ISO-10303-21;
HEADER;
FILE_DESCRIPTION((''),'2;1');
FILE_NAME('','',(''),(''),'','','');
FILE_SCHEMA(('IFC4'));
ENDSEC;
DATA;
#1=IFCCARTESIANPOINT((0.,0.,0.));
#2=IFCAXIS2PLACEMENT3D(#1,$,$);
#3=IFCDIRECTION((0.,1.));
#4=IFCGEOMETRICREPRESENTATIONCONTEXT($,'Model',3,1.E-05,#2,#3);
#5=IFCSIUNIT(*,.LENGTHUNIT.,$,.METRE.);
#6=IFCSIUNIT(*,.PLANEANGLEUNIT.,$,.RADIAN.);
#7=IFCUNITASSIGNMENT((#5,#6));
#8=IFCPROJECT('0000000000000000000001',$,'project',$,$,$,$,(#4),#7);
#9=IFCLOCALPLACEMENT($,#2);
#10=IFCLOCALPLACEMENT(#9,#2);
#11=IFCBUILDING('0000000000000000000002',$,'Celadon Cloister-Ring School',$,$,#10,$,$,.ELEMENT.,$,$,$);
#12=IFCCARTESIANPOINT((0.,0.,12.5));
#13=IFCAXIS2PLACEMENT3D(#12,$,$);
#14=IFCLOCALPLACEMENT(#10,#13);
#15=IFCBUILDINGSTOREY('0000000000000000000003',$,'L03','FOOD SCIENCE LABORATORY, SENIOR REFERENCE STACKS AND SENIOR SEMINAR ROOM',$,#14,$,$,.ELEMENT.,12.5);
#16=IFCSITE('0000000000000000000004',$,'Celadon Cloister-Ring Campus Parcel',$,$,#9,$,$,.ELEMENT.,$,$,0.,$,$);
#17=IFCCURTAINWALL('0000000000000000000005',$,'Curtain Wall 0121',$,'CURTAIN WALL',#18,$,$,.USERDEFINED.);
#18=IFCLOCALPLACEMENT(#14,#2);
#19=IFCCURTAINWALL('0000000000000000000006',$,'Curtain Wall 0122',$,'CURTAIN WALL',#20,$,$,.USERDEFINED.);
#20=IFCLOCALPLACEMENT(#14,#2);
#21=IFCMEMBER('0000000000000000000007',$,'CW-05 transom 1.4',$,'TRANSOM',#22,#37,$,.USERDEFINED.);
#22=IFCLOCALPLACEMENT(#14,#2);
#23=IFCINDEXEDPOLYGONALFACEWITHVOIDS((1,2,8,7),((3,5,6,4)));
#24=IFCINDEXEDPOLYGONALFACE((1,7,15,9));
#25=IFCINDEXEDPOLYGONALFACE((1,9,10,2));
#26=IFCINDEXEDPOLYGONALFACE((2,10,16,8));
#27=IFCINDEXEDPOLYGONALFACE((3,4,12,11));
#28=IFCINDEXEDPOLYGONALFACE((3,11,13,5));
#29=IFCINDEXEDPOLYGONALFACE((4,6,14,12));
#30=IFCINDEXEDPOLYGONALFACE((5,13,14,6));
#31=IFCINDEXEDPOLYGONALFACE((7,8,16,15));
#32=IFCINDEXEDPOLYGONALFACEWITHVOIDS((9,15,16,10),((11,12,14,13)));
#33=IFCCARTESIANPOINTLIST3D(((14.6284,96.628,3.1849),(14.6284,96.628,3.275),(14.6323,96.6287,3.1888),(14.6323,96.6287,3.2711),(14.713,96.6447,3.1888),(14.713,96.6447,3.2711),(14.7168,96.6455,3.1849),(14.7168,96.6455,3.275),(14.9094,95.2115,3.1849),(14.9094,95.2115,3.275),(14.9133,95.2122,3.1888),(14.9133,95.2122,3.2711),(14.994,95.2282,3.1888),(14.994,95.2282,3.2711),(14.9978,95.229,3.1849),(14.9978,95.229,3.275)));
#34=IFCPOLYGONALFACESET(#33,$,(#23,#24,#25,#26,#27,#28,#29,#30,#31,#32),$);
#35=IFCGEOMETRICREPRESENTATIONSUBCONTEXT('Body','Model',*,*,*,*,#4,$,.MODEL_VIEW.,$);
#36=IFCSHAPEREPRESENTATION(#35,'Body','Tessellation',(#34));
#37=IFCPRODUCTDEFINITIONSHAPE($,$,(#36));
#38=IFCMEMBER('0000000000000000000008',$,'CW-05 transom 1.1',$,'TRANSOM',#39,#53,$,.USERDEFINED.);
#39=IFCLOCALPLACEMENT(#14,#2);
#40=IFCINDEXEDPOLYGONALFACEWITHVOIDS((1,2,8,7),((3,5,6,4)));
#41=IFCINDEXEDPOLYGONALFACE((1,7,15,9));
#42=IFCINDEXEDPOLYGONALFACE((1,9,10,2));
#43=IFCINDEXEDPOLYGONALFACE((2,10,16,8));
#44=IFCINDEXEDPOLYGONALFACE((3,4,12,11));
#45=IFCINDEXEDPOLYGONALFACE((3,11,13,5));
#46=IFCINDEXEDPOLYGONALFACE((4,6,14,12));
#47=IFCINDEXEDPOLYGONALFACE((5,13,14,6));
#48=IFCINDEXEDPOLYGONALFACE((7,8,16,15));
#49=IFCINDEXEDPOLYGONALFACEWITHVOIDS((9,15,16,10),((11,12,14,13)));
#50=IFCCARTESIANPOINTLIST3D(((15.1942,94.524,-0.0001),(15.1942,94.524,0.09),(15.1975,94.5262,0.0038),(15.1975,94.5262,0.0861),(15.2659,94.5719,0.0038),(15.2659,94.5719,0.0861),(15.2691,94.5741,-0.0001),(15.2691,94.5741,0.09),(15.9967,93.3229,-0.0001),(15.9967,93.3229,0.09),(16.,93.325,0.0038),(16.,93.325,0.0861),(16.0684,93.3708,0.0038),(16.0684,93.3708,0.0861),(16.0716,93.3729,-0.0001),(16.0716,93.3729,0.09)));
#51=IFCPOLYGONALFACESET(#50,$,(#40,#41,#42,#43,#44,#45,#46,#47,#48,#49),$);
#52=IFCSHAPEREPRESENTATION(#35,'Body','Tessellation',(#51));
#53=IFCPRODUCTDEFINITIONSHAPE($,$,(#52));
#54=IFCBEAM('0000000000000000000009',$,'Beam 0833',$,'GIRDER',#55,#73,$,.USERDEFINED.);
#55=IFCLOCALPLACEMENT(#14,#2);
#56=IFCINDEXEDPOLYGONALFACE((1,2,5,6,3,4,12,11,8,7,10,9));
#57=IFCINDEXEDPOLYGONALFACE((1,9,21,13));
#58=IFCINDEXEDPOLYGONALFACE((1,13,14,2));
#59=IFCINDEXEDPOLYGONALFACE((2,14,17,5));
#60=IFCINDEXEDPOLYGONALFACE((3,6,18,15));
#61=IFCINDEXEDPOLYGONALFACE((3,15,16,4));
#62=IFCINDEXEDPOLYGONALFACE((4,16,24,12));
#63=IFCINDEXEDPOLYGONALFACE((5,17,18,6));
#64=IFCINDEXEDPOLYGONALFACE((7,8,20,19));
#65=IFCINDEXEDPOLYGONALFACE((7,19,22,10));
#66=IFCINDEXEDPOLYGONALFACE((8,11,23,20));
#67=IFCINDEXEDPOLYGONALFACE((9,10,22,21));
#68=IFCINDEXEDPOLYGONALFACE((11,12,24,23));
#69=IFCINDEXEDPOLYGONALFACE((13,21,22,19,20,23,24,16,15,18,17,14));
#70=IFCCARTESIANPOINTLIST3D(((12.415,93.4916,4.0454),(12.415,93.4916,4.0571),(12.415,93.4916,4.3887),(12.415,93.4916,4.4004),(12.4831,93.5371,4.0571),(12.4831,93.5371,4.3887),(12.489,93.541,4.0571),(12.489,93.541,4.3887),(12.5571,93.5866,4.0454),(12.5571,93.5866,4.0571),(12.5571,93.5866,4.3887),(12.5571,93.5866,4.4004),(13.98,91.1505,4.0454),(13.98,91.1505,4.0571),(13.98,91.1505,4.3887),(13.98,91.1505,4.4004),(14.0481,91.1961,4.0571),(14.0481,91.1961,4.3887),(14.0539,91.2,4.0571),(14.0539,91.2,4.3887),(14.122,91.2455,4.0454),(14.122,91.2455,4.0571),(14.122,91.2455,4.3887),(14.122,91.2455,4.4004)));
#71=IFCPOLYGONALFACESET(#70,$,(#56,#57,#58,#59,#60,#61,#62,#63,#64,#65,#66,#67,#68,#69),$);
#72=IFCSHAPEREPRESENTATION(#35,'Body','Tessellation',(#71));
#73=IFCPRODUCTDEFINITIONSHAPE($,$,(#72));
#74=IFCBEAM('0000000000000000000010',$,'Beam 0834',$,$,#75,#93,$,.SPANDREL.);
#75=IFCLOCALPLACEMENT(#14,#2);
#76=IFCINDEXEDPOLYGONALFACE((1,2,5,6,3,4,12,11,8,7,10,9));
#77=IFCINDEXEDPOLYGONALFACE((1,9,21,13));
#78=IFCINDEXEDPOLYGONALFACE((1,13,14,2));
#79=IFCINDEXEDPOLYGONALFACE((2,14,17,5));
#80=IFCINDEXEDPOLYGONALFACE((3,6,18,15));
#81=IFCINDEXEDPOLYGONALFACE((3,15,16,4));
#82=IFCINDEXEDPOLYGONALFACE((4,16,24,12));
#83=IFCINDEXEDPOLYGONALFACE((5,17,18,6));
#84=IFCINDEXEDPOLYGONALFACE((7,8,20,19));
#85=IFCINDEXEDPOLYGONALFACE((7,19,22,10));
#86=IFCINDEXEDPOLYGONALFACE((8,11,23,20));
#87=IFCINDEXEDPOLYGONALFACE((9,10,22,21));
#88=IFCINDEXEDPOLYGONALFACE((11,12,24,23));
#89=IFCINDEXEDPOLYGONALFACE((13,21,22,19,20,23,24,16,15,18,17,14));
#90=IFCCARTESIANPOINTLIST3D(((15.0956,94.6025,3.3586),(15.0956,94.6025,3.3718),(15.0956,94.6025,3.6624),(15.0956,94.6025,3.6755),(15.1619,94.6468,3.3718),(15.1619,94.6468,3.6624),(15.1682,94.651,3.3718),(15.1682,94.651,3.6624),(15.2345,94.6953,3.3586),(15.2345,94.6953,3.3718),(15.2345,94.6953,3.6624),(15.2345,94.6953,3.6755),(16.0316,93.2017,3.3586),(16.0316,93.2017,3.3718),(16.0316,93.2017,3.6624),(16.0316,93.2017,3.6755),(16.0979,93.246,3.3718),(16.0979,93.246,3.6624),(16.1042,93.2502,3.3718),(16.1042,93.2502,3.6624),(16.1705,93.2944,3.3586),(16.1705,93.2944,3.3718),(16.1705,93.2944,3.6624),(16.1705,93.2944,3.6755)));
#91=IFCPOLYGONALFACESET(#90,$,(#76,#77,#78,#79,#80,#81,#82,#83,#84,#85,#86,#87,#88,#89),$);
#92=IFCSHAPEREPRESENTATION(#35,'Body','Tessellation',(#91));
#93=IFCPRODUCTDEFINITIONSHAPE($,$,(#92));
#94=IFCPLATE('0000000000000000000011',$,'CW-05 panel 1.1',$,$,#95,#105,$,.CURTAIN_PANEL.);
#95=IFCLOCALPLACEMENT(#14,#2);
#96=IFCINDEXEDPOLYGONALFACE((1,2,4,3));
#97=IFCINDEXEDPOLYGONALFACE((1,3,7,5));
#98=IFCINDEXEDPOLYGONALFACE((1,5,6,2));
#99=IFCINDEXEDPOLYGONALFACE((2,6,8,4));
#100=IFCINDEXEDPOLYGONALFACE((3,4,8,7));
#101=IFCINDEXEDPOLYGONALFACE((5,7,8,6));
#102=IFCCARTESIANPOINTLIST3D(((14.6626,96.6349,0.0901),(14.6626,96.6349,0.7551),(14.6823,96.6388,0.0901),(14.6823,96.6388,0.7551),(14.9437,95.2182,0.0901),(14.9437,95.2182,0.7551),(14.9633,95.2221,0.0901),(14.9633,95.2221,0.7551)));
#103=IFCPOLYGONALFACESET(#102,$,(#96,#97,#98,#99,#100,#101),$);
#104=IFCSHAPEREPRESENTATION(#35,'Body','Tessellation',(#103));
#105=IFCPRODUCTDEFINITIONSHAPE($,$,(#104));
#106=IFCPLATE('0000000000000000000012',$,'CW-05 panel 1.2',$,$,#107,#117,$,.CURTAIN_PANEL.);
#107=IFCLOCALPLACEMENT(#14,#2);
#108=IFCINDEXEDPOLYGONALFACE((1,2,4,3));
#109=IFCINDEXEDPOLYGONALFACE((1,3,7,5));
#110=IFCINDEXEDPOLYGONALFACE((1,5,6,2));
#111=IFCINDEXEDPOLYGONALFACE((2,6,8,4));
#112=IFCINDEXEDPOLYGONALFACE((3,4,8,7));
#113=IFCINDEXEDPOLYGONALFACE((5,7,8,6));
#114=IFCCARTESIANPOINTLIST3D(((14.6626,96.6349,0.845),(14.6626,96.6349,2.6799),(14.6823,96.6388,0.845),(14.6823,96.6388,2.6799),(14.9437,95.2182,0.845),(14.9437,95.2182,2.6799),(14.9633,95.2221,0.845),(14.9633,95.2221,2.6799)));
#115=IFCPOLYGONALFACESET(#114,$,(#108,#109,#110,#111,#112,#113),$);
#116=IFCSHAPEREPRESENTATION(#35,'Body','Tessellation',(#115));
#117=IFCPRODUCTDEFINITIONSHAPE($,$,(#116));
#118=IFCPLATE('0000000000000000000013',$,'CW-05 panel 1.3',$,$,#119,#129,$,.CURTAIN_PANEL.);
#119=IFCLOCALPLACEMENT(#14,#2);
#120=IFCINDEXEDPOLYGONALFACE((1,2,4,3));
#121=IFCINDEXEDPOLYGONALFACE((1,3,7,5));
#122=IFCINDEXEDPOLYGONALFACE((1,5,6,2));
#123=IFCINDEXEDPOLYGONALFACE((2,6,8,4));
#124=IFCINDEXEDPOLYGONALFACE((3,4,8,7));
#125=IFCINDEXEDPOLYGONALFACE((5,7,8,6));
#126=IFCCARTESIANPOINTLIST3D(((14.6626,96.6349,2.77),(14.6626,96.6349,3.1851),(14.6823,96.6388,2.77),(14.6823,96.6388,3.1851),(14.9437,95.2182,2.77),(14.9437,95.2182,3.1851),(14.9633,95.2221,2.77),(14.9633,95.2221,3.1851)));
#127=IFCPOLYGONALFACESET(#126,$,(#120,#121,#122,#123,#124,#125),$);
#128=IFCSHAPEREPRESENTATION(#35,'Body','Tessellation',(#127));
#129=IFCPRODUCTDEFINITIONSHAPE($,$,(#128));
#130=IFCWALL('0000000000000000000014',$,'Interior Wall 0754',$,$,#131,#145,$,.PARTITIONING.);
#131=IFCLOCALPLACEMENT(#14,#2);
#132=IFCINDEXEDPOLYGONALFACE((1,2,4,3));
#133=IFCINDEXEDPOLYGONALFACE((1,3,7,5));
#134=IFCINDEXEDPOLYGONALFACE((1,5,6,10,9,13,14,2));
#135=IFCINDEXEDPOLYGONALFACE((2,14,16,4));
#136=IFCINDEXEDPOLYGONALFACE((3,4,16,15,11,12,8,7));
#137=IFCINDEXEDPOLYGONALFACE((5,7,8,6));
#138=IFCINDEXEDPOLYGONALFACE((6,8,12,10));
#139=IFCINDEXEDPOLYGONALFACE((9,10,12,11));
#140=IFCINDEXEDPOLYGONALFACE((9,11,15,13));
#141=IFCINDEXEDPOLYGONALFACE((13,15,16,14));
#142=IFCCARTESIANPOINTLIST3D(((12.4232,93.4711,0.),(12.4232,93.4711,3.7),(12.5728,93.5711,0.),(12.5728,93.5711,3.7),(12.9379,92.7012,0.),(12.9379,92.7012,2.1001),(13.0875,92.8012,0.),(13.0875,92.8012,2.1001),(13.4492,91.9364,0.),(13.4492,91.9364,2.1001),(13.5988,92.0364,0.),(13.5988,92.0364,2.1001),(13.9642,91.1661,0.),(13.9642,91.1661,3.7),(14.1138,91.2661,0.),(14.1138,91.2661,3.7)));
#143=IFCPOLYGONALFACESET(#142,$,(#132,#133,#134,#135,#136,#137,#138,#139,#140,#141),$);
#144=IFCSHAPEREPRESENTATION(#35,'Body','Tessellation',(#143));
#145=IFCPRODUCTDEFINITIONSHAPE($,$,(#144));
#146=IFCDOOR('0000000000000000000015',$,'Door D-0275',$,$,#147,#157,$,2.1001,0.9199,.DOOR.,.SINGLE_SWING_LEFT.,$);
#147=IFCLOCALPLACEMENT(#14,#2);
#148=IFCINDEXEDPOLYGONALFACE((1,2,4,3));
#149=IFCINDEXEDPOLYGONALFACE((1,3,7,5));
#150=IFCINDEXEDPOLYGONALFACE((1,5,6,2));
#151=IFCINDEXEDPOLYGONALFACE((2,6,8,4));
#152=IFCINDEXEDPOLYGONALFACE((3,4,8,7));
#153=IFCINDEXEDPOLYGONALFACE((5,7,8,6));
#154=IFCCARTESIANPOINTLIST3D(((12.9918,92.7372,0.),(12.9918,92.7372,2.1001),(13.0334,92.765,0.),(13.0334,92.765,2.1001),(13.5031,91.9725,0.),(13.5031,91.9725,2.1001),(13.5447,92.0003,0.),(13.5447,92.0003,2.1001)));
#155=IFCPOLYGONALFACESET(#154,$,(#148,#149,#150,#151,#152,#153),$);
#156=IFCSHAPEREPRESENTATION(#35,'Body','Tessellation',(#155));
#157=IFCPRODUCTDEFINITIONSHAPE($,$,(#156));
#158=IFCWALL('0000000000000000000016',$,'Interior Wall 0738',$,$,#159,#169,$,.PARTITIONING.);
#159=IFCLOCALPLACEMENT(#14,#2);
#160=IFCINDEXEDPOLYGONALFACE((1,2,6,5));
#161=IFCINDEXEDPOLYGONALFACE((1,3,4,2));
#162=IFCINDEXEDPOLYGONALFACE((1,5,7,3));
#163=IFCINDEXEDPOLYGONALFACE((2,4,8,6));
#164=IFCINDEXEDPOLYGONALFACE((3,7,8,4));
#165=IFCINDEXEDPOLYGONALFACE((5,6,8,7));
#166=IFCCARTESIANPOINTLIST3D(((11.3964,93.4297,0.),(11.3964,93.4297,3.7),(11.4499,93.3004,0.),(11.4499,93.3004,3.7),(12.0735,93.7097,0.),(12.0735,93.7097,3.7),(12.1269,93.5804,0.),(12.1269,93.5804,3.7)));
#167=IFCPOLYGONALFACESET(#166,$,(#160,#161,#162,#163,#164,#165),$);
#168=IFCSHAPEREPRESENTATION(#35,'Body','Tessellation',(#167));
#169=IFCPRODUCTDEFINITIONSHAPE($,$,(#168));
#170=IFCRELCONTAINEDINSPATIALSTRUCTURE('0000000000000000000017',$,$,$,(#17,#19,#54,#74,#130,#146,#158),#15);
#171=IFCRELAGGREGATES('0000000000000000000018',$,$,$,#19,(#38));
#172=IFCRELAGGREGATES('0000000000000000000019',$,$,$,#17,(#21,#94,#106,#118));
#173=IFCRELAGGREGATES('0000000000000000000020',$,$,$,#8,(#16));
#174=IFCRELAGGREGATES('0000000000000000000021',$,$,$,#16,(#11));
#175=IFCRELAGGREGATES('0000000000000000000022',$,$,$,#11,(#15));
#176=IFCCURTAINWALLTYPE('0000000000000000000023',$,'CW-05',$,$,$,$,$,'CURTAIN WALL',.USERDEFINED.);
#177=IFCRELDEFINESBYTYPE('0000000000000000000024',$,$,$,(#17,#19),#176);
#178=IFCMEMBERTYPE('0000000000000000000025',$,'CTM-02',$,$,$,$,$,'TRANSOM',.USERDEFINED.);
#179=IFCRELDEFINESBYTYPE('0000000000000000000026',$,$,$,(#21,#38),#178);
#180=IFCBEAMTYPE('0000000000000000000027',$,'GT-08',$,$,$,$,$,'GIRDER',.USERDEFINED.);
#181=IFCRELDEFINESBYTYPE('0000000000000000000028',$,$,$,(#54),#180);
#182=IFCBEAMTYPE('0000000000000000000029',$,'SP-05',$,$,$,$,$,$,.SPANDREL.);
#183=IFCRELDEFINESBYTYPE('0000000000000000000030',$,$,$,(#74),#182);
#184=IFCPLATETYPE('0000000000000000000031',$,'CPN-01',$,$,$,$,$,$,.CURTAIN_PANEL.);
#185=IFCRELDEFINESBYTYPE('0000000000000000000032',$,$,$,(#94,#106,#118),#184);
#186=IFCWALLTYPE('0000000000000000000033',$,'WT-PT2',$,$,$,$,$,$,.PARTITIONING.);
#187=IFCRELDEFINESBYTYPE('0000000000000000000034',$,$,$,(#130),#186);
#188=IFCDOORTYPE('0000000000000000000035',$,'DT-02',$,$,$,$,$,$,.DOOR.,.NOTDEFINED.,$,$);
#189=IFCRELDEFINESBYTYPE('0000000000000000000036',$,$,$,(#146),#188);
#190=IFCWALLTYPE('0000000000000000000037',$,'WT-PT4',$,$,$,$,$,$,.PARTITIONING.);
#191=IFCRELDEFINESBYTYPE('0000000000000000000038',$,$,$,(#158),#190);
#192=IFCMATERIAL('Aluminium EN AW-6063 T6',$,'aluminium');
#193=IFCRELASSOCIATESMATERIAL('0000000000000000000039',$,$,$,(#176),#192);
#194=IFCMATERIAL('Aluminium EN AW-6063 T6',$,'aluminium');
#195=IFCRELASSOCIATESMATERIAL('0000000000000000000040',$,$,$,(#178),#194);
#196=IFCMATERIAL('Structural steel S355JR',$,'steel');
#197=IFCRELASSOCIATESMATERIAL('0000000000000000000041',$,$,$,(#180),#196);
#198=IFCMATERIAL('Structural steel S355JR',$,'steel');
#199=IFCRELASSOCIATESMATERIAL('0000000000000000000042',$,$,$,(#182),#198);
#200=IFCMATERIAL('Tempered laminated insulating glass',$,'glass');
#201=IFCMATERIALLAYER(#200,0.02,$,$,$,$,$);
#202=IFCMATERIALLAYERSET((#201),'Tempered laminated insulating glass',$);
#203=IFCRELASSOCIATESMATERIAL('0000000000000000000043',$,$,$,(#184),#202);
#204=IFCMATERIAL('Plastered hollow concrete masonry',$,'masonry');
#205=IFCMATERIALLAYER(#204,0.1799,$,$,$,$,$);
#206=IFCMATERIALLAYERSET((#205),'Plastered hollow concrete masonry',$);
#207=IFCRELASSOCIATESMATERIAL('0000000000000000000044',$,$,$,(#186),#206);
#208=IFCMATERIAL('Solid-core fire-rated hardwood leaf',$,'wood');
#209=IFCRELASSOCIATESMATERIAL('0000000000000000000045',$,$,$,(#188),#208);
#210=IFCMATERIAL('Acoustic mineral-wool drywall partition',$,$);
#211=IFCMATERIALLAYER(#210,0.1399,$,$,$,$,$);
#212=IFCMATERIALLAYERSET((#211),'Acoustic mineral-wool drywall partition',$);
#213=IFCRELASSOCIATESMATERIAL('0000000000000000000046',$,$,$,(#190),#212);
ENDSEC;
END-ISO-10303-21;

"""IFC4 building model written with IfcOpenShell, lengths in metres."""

from ifc_helpers import new_model, si_unit, direction, frame, frame_2d, origin, origin_2d, place, context, subcontext, project, spatial, rectangle, hollow_rectangle, i_section, extrude, material, layer, layer_set, material_profile, profile_set, type_object, element, fill, aggregate, save


model = new_model("IFC4")

# Units and contexts
model_context = context("Model", 3, precision=1e-05, world=origin(), true_north=direction((0.0, 1.0)))
body_context = subcontext(model_context, "Body", "Model", "MODEL_VIEW")
ifc_project = project(units=[si_unit("LENGTHUNIT", "METRE"), si_unit("PLANEANGLEUNIT", "RADIAN")], contexts=[model_context])

# Site, building, storey
site_placement = place(None, origin())
site = spatial("IfcSite", under=ifc_project, at=site_placement, Name="Celadon Cloister-Ring Campus Parcel", CompositionType="ELEMENT", RefElevation=0.0)
building_placement = place(site_placement, origin())
building = spatial("IfcBuilding", under=site, at=building_placement, Name="Celadon Cloister-Ring School", CompositionType="ELEMENT")
storey_placement = place(building_placement, frame((0.0, 0.0, 12.5)))
storey = spatial("IfcBuildingStorey", under=building, at=storey_placement, Name="L03", Description="FOOD SCIENCE LABORATORY, SENIOR REFERENCE STACKS AND SENIOR SEMINAR ROOM", CompositionType="ELEMENT", Elevation=12.5)

# Curtain wall
ifc_material_1 = material(Name="Aluminium EN AW-6063 T6", Category="aluminium")
curtain_wall_type = type_object("IfcCurtainWallType", Name="CW-05", ElementType="CURTAIN WALL", PredefinedType="USERDEFINED", material=ifc_material_1)
curtain_wall_1_placement = place(storey_placement, origin())
curtain_wall_1 = element("IfcCurtainWall", 1, at=curtain_wall_1_placement, inside=storey, type_object=curtain_wall_type, Name="Curtain Wall 0121", ObjectType="CURTAIN WALL", PredefinedType="USERDEFINED")

# Curtain wall
curtain_wall_2_placement = place(storey_placement, origin())
curtain_wall_2 = element("IfcCurtainWall", 2, at=curtain_wall_2_placement, inside=storey, type_object=curtain_wall_type, Name="Curtain Wall 0122", ObjectType="CURTAIN WALL", PredefinedType="USERDEFINED")

# Members
ifc_material_2 = material(Name="Aluminium EN AW-6063 T6", Category="aluminium")
ifc_material_profile_1 = material_profile(ifc_material_2, hollow_rectangle(XDim=0.0901, YDim=0.0901, WallThickness=0.0039, at=origin_2d()), Name="RHS90X90X4")
ifc_profile_set_1 = profile_set([ifc_material_profile_1], Name="Aluminium EN AW-6063 T6")
member_type_1 = type_object("IfcMemberType", Name="CTM-02", ElementType="TRANSOM", PredefinedType="USERDEFINED", material=ifc_profile_set_1)
member_1_placement = place(storey_placement, frame((14.6726, 96.6367, 3.23), z_axis=(0.194588, -0.980885, 0.0), x_axis=(0.980885, 0.194588, 0.0)))
member_1 = element("IfcMember", 3, at=member_1_placement, type_object=member_type_1, Name="CW-05 transom 1.4", ObjectType="TRANSOM", PredefinedType="USERDEFINED", context=body_context, shape_type="SweptSolid", body=[
    extrude(hollow_rectangle(XDim=0.0901, YDim=0.0901, WallThickness=0.0039, at=origin_2d()), origin(), (0.0, 0.0, 1.0), 1.4441),
])
member_2_placement = place(storey_placement, frame((15.2317, 94.5491, 0.0449), z_axis=(0.555519, -0.831504, 0.0), x_axis=(0.831504, 0.555519, 0.0)))
member_2 = element("IfcMember", 4, at=member_2_placement, type_object=member_type_1, Name="CW-05 transom 1.1", ObjectType="TRANSOM", PredefinedType="USERDEFINED", context=body_context, shape_type="SweptSolid", body=[
    extrude(hollow_rectangle(XDim=0.0901, YDim=0.0901, WallThickness=0.0039, at=origin_2d()), origin(), (0.0, 0.0, 1.0), 1.4446),
])
aggregate(curtain_wall_2, [member_2])

# Beams
ifc_material_3 = material(Name="Structural steel S355JR", Category="steel")
ifc_material_profile_2 = material_profile(ifc_material_3, i_section(OverallWidth=0.1709, OverallDepth=0.355, WebThickness=0.0071, FlangeThickness=0.0117, at=origin_2d()), Name="W360X51")
ifc_profile_set_2 = profile_set([ifc_material_profile_2], Name="Structural steel S355JR")
beam_type_1 = type_object("IfcBeamType", Name="GT-08", ElementType="GIRDER", PredefinedType="USERDEFINED", material=ifc_profile_set_2)
beam_1_placement = place(storey_placement, frame((12.4861, 93.5391, 4.2229), z_axis=(0.55574, -0.831356, 0.0), x_axis=(0.831356, 0.55574, 0.0)))
element("IfcBeam", 5, at=beam_1_placement, inside=storey, type_object=beam_type_1, Name="Beam 0833", ObjectType="GIRDER", PredefinedType="USERDEFINED", context=body_context, shape_type="SweptSolid", body=[
    extrude(i_section(OverallWidth=0.1709, OverallDepth=0.355, WebThickness=0.0071, FlangeThickness=0.0117, at=origin_2d()), origin(), (0.0, 0.0, 1.0), 2.8159),
])
ifc_material_4 = material(Name="Structural steel S355JR", Category="steel")
ifc_material_profile_3 = material_profile(ifc_material_4, i_section(OverallWidth=0.167, OverallDepth=0.3169, WebThickness=0.0076, FlangeThickness=0.0132, at=origin_2d()), Name="W310X52")
ifc_profile_set_3 = profile_set([ifc_material_profile_3], Name="Structural steel S355JR")
beam_type_2 = type_object("IfcBeamType", Name="SP-05", PredefinedType="SPANDREL", material=ifc_profile_set_3)
beam_2_placement = place(storey_placement, frame((15.165, 94.6489, 3.5171), z_axis=(0.555569, -0.83147, 0.0), x_axis=(0.83147, 0.555569, 0.0)))
element("IfcBeam", 6, at=beam_2_placement, inside=storey, type_object=beam_type_2, Name="Beam 0834", PredefinedType="SPANDREL", context=body_context, shape_type="SweptSolid", body=[
    extrude(i_section(OverallWidth=0.167, OverallDepth=0.3169, WebThickness=0.0076, FlangeThickness=0.0132, at=origin_2d()), origin(), (0.0, 0.0, 1.0), 1.6848),
])

# Plates
ifc_material_5 = material(Name="Tempered laminated insulating glass", Category="glass")
ifc_layer_1 = layer(ifc_material_5, 0.02)
ifc_layer_set_1 = layer_set([ifc_layer_1], Name="Tempered laminated insulating glass")
plate_type = type_object("IfcPlateType", Name="CPN-01", PredefinedType="CURTAIN_PANEL", material=ifc_layer_set_1)
plate_1_placement = place(storey_placement, frame((14.813, 95.9285, 0.0901), z_axis=(0.0, 0.0, 1.0), x_axis=(0.194586, -0.980885, 0.0)))
plate_1 = element("IfcPlate", 7, at=plate_1_placement, type_object=plate_type, Name="CW-05 panel 1.1", PredefinedType="CURTAIN_PANEL", context=body_context, shape_type="SweptSolid", body=[
    extrude(rectangle(XDim=1.4443, YDim=0.02, at=origin_2d()), origin(), (0.0, 0.0, 1.0), 0.665),
])
plate_2_placement = place(storey_placement, frame((14.813, 95.9285, 0.845), z_axis=(0.0, 0.0, 1.0), x_axis=(0.194586, -0.980885, 0.0)))
plate_2 = element("IfcPlate", 8, at=plate_2_placement, type_object=plate_type, Name="CW-05 panel 1.2", PredefinedType="CURTAIN_PANEL", context=body_context, shape_type="SweptSolid", body=[
    extrude(rectangle(XDim=1.4443, YDim=0.02, at=origin_2d()), origin(), (0.0, 0.0, 1.0), 1.835),
])
plate_3_placement = place(storey_placement, frame((14.813, 95.9285, 2.77), z_axis=(0.0, 0.0, 1.0), x_axis=(0.194586, -0.980885, 0.0)))
plate_3 = element("IfcPlate", 9, at=plate_3_placement, type_object=plate_type, Name="CW-05 panel 1.3", PredefinedType="CURTAIN_PANEL", context=body_context, shape_type="SweptSolid", body=[
    extrude(rectangle(XDim=1.4443, YDim=0.02, at=origin_2d()), origin(), (0.0, 0.0, 1.0), 0.415),
])
aggregate(curtain_wall_1, [member_1, plate_1, plate_2, plate_3])

# Wall, opening, door
ifc_material_6 = material(Name="Plastered hollow concrete masonry", Category="masonry")
ifc_layer_2 = layer(ifc_material_6, 0.1799)
ifc_layer_set_2 = layer_set([ifc_layer_2], Name="Plastered hollow concrete masonry")
wall_type_1 = type_object("IfcWallType", Name="WT-PT2", PredefinedType="PARTITIONING", material=ifc_layer_set_2)
wall_1_placement = place(storey_placement, frame((12.498, 93.521, 0.0), z_axis=(0.0, 0.0, 1.0), x_axis=(0.555797, -0.831318, 0.0)))
wall_1 = element("IfcWall", 10, at=wall_1_placement, inside=storey, type_object=wall_type_1, Name="Interior Wall 0754", PredefinedType="PARTITIONING", context=body_context, shape_type="SweptSolid", body=[
    extrude(rectangle(XDim=2.7727, YDim=0.1799, at=frame_2d((1.3862, 0.0))), origin(), (0.0, 0.0, 1.0), 3.7),
])
opening_placement = place(wall_1_placement, frame((0.926, 0.0, 0.0)))
opening = element("IfcOpeningElement", 11, at=opening_placement, cuts=wall_1, PredefinedType="OPENING", context=body_context, shape_type="SweptSolid", body=[
    extrude(rectangle(XDim=0.9199, YDim=2.1001, at=frame_2d((0.46, 1.05))), frame((0.0, 0.1001, 0.0), z_axis=(0.0, -1.0, 0.0), x_axis=(1.0, 0.0, 0.0)), (0.0, 0.0, 1.0), 0.2),
])
ifc_material_7 = material(Name="Solid-core fire-rated hardwood leaf", Category="wood")
door_type = type_object("IfcDoorType", Name="DT-02", OperationType="NOTDEFINED", PredefinedType="DOOR", material=ifc_material_7)
door_placement = place(opening_placement, origin())
door = element("IfcDoor", 12, at=door_placement, inside=storey, type_object=door_type, Name="Door D-0275", OperationType="SINGLE_SWING_LEFT", OverallHeight=2.1001, OverallWidth=0.9199, PredefinedType="DOOR", context=body_context, shape_type="SweptSolid", body=[
    extrude(rectangle(XDim=0.9199, YDim=2.1001, at=frame_2d((0.46, 1.05))), frame((0.0, 0.0249, 0.0), z_axis=(0.0, -1.0, 0.0), x_axis=(1.0, 0.0, 0.0)), (0.0, 0.0, 1.0), 0.05),
])
fill(opening, door)

# Wall
ifc_material_8 = material(Name="Acoustic mineral-wool drywall partition")
ifc_layer_3 = layer(ifc_material_8, 0.1399)
ifc_layer_set_3 = layer_set([ifc_layer_3], Name="Acoustic mineral-wool drywall partition")
wall_type_2 = type_object("IfcWallType", Name="WT-PT4", PredefinedType="PARTITIONING", material=ifc_layer_set_3)
wall_2_placement = place(storey_placement, frame((12.1001, 93.645, 0.0), z_axis=(0.0, 0.0, 1.0), x_axis=(-0.92407, -0.382224, 0.0)))
element("IfcWall", 13, at=wall_2_placement, inside=storey, type_object=wall_type_2, Name="Interior Wall 0738", PredefinedType="PARTITIONING", context=body_context, shape_type="SweptSolid", body=[
    extrude(rectangle(XDim=0.7327, YDim=0.1399, at=frame_2d((0.3662, 0.0))), origin(), (0.0, 0.0, 1.0), 3.7),
])

save(model, "model.ifc")
